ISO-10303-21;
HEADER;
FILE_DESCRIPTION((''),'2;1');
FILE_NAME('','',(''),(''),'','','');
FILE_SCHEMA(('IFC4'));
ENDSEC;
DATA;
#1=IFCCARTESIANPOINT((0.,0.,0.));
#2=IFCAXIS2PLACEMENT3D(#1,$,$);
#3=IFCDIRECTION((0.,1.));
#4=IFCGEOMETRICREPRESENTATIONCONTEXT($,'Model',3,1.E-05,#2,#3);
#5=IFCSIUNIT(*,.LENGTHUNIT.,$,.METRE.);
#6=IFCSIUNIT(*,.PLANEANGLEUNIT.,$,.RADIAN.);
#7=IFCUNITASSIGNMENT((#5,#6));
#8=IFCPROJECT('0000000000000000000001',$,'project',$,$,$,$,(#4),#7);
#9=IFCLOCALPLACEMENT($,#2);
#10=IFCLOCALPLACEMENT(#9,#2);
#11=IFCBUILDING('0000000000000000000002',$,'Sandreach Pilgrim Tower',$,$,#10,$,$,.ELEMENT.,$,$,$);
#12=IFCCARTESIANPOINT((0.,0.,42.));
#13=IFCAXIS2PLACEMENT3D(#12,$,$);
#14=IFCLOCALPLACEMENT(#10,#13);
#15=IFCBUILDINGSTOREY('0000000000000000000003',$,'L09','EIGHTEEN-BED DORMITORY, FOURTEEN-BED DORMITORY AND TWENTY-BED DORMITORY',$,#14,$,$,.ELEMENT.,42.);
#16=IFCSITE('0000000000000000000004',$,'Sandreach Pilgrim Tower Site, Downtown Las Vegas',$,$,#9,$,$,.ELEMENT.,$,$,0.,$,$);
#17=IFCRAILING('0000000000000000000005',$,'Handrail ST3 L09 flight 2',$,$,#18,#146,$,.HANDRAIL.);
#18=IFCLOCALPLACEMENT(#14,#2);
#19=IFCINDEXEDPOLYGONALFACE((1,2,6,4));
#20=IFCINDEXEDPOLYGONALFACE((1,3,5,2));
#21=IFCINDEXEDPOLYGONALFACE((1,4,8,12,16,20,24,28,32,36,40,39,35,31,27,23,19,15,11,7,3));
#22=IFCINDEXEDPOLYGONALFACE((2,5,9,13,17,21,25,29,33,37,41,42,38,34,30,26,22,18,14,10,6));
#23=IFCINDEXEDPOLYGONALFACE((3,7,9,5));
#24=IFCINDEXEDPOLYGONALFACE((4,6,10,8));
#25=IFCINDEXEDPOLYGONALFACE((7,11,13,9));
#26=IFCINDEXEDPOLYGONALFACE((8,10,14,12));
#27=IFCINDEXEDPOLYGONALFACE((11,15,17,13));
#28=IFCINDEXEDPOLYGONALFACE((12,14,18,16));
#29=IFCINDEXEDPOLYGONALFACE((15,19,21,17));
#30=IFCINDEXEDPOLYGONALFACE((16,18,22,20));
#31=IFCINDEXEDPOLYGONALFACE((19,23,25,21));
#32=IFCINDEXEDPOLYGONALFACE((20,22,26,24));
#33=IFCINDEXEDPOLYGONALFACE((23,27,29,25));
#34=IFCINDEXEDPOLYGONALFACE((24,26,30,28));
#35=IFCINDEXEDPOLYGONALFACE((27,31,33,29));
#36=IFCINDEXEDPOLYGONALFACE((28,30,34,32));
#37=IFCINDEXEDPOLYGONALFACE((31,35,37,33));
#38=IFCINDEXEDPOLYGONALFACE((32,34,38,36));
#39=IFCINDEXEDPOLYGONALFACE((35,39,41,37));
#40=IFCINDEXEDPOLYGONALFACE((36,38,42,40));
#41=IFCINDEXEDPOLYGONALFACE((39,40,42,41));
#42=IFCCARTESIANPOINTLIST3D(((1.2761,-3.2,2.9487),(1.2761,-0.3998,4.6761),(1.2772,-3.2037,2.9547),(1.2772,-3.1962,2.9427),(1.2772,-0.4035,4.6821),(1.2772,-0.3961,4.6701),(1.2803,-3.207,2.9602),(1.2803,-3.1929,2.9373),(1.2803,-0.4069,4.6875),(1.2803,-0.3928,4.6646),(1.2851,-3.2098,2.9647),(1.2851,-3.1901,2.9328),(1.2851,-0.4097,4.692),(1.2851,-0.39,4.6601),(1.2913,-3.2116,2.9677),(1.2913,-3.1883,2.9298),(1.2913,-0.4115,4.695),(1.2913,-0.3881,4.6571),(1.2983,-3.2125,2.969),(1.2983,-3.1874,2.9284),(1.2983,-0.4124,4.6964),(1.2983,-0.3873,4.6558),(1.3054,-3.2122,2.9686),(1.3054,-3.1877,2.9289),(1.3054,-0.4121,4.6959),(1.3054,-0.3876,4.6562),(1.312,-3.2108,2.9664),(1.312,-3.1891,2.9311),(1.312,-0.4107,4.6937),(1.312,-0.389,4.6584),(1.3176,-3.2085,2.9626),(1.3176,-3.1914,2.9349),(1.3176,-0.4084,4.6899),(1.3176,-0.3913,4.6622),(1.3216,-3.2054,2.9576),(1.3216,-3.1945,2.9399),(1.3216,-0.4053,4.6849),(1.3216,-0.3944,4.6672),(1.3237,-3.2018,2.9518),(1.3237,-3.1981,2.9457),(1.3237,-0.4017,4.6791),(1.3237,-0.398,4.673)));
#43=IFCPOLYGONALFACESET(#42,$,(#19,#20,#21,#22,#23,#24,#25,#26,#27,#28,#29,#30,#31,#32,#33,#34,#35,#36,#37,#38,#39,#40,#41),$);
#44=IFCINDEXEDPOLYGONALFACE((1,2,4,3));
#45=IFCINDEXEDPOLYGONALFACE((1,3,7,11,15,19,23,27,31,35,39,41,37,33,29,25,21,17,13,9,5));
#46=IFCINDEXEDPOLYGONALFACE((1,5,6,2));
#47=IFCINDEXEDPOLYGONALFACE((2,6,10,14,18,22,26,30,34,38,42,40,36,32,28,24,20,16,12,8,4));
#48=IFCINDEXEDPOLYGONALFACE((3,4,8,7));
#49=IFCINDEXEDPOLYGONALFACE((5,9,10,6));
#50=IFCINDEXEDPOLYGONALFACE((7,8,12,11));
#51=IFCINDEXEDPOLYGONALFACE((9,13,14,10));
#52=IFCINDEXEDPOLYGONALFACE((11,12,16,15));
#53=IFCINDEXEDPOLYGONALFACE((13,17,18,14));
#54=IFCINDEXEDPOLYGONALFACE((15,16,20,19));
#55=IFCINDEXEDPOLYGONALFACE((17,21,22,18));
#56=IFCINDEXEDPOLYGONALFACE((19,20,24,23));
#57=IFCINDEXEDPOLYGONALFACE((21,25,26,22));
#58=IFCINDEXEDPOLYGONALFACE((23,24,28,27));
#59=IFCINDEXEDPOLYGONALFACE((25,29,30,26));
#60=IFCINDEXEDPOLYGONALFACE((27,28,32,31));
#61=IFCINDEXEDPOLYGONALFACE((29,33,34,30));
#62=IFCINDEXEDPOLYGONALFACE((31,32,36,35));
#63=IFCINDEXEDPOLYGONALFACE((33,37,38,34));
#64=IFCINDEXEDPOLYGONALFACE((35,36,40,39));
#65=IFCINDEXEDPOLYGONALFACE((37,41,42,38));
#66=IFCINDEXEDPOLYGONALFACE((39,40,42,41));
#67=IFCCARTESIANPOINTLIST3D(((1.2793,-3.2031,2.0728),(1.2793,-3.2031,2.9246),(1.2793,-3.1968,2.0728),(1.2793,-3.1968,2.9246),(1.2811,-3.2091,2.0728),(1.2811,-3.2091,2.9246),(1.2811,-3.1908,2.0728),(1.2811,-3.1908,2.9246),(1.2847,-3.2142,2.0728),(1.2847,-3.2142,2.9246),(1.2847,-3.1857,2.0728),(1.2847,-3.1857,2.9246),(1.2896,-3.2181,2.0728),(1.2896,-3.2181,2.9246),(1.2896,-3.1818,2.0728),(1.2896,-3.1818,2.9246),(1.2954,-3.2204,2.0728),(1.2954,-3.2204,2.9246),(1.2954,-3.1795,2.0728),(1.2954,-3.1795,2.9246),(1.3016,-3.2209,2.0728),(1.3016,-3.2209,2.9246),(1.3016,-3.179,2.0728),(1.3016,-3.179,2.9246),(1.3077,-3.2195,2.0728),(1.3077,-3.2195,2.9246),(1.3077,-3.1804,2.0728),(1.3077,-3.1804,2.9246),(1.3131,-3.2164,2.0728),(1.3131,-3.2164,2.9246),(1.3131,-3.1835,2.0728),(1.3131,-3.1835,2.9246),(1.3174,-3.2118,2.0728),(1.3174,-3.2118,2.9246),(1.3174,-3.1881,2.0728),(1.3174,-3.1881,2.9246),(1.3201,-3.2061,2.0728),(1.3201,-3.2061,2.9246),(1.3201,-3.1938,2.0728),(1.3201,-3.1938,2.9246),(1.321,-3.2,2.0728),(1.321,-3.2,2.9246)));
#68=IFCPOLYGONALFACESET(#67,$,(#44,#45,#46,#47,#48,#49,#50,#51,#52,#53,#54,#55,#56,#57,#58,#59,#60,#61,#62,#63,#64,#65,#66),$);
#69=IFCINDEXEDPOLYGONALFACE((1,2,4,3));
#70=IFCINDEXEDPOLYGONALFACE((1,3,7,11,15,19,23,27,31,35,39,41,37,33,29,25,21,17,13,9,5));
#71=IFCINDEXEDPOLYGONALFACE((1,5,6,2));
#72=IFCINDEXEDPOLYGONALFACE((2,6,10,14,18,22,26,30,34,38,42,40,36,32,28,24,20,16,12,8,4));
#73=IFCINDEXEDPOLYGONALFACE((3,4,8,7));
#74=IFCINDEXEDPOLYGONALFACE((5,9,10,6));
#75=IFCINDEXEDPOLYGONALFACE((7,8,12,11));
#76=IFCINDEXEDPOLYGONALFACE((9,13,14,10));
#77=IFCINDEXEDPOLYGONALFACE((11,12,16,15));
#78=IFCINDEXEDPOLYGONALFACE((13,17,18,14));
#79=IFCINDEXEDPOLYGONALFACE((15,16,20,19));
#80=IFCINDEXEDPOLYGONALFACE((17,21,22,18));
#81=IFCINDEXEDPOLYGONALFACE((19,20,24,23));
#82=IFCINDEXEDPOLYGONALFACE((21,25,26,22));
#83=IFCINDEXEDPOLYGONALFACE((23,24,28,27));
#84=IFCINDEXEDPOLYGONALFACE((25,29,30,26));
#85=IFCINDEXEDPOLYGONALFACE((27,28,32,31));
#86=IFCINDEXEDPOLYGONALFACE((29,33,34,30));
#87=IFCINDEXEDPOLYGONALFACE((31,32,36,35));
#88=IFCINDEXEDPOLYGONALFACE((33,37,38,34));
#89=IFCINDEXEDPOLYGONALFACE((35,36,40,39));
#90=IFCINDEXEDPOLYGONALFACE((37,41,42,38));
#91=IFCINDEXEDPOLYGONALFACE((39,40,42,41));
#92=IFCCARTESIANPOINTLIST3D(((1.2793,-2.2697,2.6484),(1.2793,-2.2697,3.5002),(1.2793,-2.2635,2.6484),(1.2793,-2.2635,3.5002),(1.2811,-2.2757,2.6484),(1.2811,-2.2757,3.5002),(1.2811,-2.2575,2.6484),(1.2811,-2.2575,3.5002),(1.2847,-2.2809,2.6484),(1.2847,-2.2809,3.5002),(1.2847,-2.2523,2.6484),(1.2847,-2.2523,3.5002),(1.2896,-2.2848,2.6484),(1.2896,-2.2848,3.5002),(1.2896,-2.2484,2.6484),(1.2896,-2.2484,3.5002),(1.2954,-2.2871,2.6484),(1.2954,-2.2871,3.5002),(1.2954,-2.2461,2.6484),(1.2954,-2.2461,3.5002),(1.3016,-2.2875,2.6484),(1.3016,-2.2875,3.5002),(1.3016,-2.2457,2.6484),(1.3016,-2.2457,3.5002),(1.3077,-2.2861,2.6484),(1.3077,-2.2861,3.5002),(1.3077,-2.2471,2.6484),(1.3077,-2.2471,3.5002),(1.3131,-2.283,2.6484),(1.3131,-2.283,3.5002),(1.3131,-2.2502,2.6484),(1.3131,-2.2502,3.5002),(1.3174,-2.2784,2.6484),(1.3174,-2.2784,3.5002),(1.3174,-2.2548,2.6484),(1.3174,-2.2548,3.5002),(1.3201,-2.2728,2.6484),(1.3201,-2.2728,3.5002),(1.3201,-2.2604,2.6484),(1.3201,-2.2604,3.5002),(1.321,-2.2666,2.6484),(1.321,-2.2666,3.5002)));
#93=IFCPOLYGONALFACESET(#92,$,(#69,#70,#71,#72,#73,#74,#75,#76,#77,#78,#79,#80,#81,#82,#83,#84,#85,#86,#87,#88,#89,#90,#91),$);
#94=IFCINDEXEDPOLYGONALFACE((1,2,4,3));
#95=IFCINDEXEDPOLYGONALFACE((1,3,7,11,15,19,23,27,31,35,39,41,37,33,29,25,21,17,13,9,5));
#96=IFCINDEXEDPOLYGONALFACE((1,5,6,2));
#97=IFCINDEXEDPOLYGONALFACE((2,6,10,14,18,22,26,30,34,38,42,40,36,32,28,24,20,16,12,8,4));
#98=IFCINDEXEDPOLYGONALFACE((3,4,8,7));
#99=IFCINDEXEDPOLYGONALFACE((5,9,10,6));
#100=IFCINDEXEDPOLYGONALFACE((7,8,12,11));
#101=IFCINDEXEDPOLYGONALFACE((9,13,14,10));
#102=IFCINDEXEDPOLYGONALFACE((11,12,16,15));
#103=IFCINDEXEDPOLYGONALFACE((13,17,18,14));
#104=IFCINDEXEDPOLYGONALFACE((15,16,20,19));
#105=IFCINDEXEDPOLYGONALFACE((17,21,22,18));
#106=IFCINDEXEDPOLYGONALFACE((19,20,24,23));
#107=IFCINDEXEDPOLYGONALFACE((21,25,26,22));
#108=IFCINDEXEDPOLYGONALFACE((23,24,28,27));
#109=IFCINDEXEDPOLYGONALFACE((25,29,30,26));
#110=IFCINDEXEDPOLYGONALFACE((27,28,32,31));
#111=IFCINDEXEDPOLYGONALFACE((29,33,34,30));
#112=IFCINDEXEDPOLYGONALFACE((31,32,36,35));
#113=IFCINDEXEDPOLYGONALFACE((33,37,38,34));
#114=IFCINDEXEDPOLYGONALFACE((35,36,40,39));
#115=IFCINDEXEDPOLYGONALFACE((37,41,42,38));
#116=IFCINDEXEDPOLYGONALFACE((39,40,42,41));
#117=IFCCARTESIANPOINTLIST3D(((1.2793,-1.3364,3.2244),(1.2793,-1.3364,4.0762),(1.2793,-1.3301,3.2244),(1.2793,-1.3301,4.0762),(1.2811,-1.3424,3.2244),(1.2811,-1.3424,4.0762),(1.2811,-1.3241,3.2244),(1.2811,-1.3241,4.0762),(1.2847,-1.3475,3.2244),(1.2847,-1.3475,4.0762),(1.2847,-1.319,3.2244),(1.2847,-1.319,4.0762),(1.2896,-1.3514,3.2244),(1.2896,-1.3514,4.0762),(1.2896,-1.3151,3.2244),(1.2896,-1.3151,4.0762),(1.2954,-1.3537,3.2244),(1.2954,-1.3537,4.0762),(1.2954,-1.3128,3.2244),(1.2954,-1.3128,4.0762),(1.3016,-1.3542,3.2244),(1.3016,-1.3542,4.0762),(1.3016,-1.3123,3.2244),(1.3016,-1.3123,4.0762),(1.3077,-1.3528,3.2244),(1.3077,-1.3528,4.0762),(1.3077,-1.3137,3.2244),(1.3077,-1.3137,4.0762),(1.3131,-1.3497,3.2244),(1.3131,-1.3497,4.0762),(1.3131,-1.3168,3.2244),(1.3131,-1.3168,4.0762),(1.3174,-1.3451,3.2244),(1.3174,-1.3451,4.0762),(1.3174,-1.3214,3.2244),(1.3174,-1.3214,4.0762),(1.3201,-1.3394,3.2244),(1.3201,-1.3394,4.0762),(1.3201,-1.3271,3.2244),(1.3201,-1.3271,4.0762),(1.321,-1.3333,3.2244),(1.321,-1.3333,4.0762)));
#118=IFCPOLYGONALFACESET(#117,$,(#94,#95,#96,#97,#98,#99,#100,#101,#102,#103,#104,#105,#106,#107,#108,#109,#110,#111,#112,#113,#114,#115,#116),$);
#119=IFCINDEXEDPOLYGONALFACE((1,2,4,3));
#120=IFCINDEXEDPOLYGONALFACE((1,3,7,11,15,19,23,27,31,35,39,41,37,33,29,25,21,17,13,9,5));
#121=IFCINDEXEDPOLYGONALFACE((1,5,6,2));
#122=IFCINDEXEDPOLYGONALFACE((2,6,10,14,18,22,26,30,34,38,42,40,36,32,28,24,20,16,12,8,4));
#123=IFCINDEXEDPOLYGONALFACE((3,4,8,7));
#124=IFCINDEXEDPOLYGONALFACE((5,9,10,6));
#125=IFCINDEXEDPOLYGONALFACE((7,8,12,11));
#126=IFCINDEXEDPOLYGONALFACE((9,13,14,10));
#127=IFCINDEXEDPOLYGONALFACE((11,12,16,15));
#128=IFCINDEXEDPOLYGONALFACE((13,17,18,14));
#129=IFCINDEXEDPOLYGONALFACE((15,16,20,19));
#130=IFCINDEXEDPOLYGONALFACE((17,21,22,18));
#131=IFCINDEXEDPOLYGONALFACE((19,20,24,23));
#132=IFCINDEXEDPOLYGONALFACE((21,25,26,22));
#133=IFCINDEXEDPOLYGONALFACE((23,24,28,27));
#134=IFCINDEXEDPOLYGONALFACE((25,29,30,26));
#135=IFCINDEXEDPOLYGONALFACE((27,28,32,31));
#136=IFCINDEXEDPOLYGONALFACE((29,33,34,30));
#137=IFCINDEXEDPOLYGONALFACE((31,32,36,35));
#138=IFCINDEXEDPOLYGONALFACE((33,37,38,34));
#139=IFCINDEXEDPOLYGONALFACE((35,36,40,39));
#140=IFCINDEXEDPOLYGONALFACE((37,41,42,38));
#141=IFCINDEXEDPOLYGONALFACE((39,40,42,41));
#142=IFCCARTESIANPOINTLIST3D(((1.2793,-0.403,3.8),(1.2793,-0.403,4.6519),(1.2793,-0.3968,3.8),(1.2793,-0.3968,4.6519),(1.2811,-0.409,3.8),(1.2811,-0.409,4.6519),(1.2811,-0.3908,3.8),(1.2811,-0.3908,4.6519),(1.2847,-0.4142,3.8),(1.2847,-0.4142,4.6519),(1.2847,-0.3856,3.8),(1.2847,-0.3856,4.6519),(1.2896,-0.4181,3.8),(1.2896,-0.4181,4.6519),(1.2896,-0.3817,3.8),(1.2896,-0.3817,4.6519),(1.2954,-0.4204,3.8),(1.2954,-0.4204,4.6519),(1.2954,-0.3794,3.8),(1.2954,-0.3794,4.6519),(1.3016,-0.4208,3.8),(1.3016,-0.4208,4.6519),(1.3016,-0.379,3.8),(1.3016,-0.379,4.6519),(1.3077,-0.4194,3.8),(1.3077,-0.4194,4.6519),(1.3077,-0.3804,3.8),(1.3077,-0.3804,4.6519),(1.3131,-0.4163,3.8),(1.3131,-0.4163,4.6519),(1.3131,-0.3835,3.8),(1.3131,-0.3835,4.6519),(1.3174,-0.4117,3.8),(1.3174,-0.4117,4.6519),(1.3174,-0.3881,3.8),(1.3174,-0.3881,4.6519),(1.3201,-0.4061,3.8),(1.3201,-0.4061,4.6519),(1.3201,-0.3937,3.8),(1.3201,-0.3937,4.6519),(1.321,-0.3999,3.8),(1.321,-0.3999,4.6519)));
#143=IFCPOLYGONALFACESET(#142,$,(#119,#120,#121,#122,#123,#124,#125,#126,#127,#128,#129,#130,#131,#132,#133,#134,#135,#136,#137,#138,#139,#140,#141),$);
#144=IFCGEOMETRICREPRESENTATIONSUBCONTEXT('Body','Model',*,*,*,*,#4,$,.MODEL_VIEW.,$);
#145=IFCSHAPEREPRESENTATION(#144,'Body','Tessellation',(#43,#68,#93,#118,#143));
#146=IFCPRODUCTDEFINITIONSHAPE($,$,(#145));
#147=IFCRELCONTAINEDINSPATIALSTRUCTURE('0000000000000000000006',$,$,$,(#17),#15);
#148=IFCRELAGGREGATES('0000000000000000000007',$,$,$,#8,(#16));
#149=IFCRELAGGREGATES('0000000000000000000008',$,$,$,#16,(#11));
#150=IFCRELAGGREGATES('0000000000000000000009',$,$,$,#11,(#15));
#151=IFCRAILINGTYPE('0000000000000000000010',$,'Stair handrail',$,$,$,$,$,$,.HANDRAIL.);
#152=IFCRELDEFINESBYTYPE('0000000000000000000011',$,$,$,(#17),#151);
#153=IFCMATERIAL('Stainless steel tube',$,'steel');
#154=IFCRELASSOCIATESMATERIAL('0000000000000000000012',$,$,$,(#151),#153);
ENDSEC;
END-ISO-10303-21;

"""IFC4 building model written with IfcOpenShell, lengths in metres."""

from ifc_helpers import new_model, si_unit, direction, frame, origin, origin_2d, place, context, subcontext, project, spatial, circle, extrude, material, type_object, element, save


model = new_model("IFC4")

# Units and contexts
model_context = context("Model", 3, precision=1e-05, world=origin(), true_north=direction((0.0, 1.0)))
body_context = subcontext(model_context, "Body", "Model", "MODEL_VIEW")
ifc_project = project(units=[si_unit("LENGTHUNIT", "METRE"), si_unit("PLANEANGLEUNIT", "RADIAN")], contexts=[model_context])

# Site, building, storey
site_placement = place(None, origin())
site = spatial("IfcSite", under=ifc_project, at=site_placement, Name="Sandreach Pilgrim Tower Site, Downtown Las Vegas", CompositionType="ELEMENT", RefElevation=0.0)
building_placement = place(site_placement, origin())
building = spatial("IfcBuilding", under=site, at=building_placement, Name="Sandreach Pilgrim Tower", CompositionType="ELEMENT")
storey_placement = place(building_placement, frame((0.0, 0.0, 42.0)))
storey = spatial("IfcBuildingStorey", under=building, at=storey_placement, Name="L09", Description="EIGHTEEN-BED DORMITORY, FOURTEEN-BED DORMITORY AND TWENTY-BED DORMITORY", CompositionType="ELEMENT", Elevation=42.0)

# Railing
ifc_material_1 = material(Name="Stainless steel tube", Category="steel")
railing_type = type_object("IfcRailingType", Name="Stair handrail", PredefinedType="HANDRAIL", material=ifc_material_1)
railing_placement = place(storey_placement, frame((1.3, -3.2, 2.0728)))
element("IfcRailing", 1, at=railing_placement, inside=storey, type_object=railing_type, Name="Handrail ST3 L09 flight 2", PredefinedType="HANDRAIL", context=body_context, shape_type="SweptSolid", body=[
    extrude(circle(Radius=0.0239, at=origin_2d()), frame((0.0, 0.0, 0.876), z_axis=(0.0, 0.85109, 0.52502), x_axis=(-1.0, 0.0, 0.0)), (0.0, 0.0, 1.0), 3.29),
    extrude(circle(Radius=0.021, at=origin_2d()), origin(), (0.0, 0.0, 1.0), 0.8518),
    extrude(circle(Radius=0.021, at=origin_2d()), frame((0.0, 0.9333, 0.5757)), (0.0, 0.0, 1.0), 0.8518),
    extrude(circle(Radius=0.021, at=origin_2d()), frame((0.0, 1.8667, 1.1516)), (0.0, 0.0, 1.0), 0.8518),
    extrude(circle(Radius=0.021, at=origin_2d()), frame((0.0, 2.8, 1.7273)), (0.0, 0.0, 1.0), 0.8518),
])

save(model, "model.ifc")
